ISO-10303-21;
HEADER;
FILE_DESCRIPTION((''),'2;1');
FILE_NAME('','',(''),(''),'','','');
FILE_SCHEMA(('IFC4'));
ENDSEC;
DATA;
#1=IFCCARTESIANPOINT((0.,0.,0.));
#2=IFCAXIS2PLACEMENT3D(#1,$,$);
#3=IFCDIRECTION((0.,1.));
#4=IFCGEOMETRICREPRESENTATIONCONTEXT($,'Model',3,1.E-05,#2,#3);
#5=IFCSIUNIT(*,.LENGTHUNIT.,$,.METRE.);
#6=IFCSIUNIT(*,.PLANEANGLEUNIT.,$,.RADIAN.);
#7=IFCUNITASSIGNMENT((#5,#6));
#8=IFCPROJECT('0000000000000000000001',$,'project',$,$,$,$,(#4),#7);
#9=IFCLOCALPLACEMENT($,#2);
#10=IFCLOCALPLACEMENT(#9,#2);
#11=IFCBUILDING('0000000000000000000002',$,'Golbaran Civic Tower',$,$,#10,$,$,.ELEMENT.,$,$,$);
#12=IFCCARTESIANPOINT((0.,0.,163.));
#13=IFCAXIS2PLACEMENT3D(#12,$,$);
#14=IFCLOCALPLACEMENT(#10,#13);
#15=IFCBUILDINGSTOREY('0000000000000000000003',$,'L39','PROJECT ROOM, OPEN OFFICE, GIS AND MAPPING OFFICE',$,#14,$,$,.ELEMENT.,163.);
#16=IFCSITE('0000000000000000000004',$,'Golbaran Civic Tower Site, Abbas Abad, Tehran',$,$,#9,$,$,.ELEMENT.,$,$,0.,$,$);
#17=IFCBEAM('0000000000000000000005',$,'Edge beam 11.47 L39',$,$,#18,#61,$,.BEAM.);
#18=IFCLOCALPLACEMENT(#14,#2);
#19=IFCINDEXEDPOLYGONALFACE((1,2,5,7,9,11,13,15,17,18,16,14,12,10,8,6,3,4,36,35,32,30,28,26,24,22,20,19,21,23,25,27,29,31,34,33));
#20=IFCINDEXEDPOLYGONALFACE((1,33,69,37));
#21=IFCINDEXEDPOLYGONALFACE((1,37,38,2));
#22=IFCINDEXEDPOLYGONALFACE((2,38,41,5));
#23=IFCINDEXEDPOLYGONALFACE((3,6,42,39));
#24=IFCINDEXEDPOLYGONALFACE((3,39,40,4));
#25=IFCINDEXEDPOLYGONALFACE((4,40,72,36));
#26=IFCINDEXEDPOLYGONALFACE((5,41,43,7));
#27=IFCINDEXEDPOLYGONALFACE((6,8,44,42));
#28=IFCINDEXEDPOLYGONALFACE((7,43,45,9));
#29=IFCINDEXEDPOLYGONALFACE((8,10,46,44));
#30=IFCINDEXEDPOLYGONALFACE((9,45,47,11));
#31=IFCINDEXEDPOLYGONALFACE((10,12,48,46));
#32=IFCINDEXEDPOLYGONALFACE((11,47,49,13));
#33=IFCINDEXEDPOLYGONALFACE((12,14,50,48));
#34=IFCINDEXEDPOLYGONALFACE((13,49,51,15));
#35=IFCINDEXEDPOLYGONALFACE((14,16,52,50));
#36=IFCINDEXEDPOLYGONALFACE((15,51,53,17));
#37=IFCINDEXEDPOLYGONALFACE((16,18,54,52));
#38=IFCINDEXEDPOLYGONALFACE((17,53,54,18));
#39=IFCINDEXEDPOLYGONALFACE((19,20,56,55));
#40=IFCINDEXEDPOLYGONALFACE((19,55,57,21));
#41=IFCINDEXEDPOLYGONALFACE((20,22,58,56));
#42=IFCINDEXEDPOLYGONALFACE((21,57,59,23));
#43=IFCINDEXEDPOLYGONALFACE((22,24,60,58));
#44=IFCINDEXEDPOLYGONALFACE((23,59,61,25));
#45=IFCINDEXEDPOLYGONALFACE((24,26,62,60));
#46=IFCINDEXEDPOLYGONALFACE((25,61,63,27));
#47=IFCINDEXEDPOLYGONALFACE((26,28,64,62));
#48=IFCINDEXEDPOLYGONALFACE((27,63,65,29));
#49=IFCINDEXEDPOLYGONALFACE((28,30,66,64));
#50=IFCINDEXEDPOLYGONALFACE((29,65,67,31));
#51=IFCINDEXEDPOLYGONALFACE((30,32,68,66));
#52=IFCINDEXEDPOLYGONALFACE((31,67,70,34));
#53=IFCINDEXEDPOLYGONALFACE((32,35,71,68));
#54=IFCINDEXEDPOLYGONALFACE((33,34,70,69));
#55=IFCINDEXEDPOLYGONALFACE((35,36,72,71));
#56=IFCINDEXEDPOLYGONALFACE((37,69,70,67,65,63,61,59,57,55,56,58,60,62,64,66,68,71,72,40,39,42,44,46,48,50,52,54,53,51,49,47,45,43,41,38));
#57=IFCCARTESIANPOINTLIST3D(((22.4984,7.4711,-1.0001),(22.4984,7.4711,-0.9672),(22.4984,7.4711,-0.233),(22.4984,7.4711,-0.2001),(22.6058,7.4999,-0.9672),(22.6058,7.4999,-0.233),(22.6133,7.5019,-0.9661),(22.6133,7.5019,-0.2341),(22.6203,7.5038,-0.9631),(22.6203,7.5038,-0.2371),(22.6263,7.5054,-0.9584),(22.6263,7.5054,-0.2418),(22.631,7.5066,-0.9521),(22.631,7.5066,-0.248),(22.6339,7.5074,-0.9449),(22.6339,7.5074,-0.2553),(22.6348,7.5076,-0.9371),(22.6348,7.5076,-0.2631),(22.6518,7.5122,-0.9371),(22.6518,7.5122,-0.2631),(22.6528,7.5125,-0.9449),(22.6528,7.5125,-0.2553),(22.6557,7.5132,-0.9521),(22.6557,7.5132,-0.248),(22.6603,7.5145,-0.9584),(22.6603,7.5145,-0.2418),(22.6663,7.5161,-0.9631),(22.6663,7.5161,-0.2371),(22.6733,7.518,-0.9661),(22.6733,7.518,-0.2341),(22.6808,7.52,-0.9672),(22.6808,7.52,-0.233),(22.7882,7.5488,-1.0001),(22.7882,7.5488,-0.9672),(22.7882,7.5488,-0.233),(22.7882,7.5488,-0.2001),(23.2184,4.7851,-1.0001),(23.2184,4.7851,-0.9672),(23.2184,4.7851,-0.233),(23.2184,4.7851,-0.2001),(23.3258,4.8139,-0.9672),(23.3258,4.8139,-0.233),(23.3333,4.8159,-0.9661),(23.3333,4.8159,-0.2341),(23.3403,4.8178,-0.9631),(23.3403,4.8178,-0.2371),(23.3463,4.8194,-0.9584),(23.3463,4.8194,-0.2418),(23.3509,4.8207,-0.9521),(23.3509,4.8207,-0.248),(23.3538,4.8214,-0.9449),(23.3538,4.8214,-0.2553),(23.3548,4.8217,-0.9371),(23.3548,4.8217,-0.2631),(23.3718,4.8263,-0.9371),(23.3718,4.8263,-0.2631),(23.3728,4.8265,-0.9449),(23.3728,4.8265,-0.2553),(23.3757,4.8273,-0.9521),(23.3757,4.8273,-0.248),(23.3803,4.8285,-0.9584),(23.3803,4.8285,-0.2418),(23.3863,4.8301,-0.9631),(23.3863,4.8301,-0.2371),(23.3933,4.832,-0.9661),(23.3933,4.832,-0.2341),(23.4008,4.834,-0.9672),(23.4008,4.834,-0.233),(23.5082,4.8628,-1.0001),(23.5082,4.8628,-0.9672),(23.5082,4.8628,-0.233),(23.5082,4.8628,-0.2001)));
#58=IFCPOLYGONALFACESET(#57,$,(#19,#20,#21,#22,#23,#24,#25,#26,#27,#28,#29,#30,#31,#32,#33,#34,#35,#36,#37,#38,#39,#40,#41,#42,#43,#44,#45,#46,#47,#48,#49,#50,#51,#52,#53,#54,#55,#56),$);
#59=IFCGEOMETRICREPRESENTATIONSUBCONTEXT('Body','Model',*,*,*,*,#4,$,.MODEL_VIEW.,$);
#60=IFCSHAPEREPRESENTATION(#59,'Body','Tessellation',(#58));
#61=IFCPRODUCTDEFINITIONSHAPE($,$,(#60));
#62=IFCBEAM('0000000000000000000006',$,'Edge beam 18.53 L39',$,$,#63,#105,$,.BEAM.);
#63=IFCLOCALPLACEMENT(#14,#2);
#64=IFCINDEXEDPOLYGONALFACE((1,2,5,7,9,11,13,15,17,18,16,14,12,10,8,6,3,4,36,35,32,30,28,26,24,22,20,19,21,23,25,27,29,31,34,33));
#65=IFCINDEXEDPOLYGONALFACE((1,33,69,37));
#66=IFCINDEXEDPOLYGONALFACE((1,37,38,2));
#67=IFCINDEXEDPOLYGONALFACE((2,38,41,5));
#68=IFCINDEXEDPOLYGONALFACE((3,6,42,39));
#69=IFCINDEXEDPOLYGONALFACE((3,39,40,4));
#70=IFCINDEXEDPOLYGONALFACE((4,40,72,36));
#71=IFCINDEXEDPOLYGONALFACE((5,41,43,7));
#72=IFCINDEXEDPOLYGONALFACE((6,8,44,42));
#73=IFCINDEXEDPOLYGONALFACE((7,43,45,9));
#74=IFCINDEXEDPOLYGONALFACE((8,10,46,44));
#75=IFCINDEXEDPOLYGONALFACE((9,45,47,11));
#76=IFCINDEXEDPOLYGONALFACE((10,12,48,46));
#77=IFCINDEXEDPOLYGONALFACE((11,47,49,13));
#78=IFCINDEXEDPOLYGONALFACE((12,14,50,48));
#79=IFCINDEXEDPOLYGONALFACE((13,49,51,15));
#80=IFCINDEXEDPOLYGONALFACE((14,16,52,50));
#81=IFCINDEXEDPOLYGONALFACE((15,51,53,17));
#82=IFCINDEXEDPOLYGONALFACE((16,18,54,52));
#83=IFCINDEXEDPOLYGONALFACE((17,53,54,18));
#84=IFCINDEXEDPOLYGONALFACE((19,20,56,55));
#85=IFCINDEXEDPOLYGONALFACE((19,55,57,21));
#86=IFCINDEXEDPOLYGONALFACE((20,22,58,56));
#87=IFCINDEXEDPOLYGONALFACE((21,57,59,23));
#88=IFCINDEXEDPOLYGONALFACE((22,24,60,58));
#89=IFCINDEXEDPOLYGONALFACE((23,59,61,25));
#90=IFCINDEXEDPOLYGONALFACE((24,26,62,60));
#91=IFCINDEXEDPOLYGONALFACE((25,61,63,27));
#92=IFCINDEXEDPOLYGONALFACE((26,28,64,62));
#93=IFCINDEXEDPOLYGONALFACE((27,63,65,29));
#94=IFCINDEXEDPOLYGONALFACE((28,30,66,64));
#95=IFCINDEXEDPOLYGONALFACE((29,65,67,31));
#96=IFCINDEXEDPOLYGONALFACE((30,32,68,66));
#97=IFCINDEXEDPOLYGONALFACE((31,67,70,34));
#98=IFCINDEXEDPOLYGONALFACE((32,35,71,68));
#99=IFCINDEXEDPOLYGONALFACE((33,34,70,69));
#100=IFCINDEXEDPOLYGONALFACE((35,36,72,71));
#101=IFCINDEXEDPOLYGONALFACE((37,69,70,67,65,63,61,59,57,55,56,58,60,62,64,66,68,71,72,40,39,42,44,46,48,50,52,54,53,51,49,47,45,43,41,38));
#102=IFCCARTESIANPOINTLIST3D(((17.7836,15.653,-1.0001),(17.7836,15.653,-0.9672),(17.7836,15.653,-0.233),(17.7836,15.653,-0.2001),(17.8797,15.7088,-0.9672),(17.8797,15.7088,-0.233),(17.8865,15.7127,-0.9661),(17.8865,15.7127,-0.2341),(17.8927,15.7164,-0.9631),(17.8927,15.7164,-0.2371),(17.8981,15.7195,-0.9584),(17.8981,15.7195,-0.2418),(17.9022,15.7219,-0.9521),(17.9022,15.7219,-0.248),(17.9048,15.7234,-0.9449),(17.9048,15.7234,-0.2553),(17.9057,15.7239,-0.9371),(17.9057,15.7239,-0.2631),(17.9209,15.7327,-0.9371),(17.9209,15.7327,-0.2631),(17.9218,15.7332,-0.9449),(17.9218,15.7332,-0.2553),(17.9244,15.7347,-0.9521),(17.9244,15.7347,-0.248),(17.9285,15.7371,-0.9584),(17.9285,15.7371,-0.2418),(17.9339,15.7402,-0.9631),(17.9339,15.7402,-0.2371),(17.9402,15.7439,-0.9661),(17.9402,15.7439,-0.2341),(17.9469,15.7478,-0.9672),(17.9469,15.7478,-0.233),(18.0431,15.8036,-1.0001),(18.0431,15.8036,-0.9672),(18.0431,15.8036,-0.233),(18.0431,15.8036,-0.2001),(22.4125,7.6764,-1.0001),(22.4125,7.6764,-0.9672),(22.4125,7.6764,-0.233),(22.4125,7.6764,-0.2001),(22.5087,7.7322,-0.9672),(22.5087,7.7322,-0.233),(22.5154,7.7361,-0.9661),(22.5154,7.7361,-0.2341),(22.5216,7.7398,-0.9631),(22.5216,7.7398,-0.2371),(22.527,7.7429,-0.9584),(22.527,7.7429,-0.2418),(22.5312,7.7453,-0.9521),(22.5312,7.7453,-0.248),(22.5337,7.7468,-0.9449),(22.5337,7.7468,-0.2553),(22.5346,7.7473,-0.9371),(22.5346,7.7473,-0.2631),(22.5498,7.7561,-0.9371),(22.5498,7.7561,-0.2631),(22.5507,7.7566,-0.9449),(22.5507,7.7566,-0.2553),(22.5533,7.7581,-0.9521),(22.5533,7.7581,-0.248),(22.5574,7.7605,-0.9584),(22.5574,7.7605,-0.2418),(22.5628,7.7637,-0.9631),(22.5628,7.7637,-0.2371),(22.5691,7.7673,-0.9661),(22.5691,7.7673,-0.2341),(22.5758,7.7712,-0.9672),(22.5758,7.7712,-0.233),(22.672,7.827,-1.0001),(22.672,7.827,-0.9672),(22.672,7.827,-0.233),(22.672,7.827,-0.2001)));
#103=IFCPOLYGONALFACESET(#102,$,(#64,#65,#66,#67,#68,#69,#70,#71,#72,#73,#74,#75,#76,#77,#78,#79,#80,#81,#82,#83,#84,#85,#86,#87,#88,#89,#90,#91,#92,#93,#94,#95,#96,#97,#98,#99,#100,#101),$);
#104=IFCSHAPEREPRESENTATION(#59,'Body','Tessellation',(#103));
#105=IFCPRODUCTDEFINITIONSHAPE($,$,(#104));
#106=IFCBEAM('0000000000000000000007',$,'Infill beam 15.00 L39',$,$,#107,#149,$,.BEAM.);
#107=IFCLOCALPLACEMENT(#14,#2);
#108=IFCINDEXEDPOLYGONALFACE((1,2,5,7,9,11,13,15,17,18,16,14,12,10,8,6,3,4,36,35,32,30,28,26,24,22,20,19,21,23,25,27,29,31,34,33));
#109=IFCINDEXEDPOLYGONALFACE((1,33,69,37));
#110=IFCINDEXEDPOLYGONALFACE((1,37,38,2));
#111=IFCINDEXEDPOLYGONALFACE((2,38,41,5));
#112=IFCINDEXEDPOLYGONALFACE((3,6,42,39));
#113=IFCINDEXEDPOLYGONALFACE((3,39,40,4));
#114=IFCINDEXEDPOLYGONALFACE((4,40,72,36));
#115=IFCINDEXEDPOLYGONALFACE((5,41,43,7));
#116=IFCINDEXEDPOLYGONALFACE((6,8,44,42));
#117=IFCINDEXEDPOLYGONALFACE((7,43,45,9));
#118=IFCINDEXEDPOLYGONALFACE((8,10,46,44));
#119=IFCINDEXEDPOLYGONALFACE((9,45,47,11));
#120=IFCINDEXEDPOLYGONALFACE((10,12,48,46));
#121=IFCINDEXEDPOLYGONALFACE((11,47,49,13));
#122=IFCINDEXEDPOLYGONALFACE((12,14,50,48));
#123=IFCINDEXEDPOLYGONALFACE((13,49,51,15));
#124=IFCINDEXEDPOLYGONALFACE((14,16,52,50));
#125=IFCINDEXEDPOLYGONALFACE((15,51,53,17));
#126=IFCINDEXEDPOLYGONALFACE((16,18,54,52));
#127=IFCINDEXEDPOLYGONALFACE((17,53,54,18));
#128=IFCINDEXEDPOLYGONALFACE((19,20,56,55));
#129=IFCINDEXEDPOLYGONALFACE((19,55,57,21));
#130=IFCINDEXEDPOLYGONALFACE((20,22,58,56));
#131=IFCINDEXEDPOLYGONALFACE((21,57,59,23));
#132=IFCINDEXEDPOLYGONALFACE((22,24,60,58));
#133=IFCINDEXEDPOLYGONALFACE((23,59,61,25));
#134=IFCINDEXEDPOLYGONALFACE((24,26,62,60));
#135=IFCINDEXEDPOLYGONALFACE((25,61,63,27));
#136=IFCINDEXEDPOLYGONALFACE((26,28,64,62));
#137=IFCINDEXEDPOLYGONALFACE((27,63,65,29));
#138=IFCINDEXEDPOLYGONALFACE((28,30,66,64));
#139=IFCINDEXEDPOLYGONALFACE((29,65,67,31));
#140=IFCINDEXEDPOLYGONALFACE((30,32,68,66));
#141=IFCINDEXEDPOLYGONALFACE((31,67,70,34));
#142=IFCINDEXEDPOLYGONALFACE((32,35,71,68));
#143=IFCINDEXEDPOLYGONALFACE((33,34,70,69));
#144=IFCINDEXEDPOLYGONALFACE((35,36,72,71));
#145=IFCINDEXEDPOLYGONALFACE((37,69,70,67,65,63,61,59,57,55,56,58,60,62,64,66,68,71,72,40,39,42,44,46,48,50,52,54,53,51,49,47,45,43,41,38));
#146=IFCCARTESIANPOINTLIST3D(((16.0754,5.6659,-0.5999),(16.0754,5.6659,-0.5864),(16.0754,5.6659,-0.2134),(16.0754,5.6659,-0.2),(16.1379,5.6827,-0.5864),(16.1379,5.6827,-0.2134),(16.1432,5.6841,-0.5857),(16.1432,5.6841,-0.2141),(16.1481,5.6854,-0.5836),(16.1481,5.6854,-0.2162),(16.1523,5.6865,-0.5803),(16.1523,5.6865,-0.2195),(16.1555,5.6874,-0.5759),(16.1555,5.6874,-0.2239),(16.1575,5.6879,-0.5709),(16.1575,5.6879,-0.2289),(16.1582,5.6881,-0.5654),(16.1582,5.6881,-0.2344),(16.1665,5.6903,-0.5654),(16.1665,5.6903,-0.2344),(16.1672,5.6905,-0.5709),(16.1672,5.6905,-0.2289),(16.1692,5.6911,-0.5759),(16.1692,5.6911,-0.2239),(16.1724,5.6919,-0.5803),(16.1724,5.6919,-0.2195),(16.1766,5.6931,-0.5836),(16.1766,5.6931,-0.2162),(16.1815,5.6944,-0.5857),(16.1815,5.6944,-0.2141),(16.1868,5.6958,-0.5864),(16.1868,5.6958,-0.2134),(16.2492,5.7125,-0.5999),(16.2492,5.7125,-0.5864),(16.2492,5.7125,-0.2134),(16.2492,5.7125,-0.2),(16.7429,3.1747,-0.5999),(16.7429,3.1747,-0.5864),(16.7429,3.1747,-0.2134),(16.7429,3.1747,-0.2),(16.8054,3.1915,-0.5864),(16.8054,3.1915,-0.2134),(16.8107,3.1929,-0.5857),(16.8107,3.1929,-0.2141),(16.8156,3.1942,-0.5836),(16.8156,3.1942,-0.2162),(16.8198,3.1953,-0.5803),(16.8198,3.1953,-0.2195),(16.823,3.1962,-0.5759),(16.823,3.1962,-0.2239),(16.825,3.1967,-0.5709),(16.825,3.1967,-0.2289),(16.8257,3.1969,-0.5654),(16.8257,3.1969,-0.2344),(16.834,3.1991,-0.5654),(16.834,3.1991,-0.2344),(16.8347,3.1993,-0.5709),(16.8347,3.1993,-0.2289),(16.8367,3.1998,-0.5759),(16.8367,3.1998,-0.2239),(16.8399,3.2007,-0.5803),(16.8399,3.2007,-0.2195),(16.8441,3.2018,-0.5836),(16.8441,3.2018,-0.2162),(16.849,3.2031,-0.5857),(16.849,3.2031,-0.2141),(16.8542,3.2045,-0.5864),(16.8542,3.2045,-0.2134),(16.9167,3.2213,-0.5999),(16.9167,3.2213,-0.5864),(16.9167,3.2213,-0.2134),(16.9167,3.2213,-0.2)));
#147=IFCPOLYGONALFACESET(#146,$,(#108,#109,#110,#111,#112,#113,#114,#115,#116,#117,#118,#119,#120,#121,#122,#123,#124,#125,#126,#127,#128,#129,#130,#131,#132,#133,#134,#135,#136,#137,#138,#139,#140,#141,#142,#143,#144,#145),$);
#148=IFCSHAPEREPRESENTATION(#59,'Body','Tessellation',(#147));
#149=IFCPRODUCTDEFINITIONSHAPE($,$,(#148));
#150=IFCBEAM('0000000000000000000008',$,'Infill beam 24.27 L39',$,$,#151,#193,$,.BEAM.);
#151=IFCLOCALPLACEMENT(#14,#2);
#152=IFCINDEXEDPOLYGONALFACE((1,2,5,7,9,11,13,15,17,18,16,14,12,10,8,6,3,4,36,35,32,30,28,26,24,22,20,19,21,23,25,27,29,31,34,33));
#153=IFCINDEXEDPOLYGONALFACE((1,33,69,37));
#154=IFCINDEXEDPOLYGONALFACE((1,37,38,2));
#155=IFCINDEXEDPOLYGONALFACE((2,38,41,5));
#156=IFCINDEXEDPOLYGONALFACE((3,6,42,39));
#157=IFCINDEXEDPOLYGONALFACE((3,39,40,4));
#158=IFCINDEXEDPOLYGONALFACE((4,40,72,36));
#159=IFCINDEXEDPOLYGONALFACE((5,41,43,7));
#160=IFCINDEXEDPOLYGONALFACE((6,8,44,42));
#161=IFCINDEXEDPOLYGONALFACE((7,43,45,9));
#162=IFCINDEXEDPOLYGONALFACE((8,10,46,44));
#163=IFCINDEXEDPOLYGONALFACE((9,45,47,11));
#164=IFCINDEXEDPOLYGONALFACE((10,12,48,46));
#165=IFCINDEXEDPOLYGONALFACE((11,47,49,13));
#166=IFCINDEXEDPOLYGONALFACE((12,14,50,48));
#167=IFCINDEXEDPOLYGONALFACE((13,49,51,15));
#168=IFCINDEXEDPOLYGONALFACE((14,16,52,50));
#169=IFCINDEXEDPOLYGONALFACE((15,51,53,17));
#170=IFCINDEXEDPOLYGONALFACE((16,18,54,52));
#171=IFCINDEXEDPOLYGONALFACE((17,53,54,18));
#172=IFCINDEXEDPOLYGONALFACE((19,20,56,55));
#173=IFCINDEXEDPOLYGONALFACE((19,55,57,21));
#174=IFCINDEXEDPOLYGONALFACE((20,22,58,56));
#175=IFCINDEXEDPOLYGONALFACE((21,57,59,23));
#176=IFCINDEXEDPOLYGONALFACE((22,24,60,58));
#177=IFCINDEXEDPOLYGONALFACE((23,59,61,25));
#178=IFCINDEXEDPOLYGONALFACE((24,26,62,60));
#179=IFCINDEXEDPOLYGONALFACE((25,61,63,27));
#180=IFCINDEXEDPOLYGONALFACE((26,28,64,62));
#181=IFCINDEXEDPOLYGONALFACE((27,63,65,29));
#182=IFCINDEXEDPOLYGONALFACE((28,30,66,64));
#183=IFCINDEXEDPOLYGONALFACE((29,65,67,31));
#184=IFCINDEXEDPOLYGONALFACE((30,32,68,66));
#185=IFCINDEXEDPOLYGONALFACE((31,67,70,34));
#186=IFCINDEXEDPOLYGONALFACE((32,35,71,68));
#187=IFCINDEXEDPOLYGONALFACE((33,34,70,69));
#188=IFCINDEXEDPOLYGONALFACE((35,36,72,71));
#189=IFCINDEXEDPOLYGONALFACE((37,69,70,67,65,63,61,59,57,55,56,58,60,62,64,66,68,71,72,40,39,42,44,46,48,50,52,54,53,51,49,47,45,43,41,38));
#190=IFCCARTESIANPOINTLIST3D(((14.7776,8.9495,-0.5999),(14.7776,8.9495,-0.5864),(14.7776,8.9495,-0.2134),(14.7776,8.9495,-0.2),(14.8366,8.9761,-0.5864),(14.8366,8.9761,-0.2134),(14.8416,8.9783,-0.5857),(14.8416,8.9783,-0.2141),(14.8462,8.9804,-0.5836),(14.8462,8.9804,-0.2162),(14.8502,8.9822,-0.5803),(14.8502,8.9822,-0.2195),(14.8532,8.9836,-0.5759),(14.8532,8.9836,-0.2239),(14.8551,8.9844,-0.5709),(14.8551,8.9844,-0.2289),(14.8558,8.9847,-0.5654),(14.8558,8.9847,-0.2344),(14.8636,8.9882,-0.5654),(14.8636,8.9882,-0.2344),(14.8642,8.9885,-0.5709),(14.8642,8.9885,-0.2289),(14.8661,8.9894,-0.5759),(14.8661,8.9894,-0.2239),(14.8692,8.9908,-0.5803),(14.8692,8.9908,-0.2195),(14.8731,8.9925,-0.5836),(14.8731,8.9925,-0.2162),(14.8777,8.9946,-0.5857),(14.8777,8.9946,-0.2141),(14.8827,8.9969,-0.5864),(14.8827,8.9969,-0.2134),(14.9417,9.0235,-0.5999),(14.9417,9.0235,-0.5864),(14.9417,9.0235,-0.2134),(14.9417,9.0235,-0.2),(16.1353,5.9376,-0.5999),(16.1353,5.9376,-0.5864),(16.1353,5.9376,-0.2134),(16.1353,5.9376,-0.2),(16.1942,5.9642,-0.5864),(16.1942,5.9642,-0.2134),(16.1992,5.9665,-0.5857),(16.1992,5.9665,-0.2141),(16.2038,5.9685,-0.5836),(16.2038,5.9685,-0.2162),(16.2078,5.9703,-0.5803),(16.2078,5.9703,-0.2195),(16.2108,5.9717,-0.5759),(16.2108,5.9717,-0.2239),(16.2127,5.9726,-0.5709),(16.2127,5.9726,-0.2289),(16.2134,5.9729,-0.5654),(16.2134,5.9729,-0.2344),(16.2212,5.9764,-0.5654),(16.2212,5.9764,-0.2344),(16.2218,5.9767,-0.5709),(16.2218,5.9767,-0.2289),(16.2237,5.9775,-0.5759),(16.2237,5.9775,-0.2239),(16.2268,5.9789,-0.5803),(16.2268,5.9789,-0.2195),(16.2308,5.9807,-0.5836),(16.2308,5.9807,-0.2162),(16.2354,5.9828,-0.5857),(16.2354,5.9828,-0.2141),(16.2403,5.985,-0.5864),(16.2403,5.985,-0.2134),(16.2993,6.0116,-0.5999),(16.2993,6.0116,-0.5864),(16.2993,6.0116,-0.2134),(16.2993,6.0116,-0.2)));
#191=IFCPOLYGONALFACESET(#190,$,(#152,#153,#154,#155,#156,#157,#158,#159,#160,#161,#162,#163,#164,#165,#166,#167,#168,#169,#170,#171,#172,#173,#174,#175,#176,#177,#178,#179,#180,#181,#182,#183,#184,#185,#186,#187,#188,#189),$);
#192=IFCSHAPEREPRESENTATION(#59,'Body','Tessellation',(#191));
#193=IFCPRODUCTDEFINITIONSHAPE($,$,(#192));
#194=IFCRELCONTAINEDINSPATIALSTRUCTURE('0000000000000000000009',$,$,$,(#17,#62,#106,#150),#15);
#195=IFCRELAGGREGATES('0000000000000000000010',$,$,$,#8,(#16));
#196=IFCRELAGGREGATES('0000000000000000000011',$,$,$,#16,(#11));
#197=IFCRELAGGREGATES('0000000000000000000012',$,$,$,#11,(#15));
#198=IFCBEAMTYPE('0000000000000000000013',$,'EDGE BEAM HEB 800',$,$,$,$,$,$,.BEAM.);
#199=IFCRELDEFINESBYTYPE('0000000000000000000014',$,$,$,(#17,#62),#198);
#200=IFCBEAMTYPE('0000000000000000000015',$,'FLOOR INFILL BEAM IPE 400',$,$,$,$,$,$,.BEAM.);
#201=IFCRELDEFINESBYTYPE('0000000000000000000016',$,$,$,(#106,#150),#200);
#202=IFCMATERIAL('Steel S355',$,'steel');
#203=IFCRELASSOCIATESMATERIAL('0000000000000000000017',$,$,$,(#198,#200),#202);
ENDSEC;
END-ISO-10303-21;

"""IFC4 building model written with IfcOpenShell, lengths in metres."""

from ifc_helpers import new_model, si_unit, direction, frame, origin, origin_2d, place, context, subcontext, project, spatial, i_section, extrude, material, material_profile, profile_set, type_object, element, save


model = new_model("IFC4")

# Units and contexts
model_context = context("Model", 3, precision=1e-05, world=origin(), true_north=direction((0.0, 1.0)))
body_context = subcontext(model_context, "Body", "Model", "MODEL_VIEW")
ifc_project = project(units=[si_unit("LENGTHUNIT", "METRE"), si_unit("PLANEANGLEUNIT", "RADIAN")], contexts=[model_context])

# Site, building, storey
site_placement = place(None, origin())
site = spatial("IfcSite", under=ifc_project, at=site_placement, Name="Golbaran Civic Tower Site, Abbas Abad, Tehran", CompositionType="ELEMENT", RefElevation=0.0)
building_placement = place(site_placement, origin())
building = spatial("IfcBuilding", under=site, at=building_placement, Name="Golbaran Civic Tower", CompositionType="ELEMENT")
storey_placement = place(building_placement, frame((0.0, 0.0, 163.0)))
storey = spatial("IfcBuildingStorey", under=building, at=storey_placement, Name="L39", Description="PROJECT ROOM, OPEN OFFICE, GIS AND MAPPING OFFICE", CompositionType="ELEMENT", Elevation=163.0)

# Beams
ifc_material_1 = material(Name="Steel S355", Category="steel")
ifc_material_profile_1 = material_profile(ifc_material_1, i_section(OverallWidth=0.3, OverallDepth=0.8, WebThickness=0.0176, FlangeThickness=0.033, FilletRadius=0.03, at=origin_2d()), Name="HEB 800")
ifc_profile_set_1 = profile_set([ifc_material_profile_1], Name="Steel S355")
beam_type_1 = type_object("IfcBeamType", Name="EDGE BEAM HEB 800", PredefinedType="BEAM", material=ifc_profile_set_1)
beam_1_placement = place(storey_placement, frame((23.3633, 4.824, -0.6001), z_axis=(-0.258903, 0.965903, 0.0), x_axis=(-0.965903, -0.258903, 0.0)))
element("IfcBeam", 1, at=beam_1_placement, inside=storey, type_object=beam_type_1, Name="Edge beam 11.47 L39", PredefinedType="BEAM", context=body_context, shape_type="SweptSolid", body=[
    extrude(i_section(OverallWidth=0.3, OverallDepth=0.8, WebThickness=0.0176, FlangeThickness=0.033, FilletRadius=0.03, at=origin_2d()), origin(), (0.0, 0.0, 1.0), 2.7808),
])
beam_2_placement = place(storey_placement, frame((22.5422, 7.7517, -0.6001), z_axis=(-0.501921, 0.864914, 0.0), x_axis=(-0.864914, -0.501921, 0.0)))
element("IfcBeam", 2, at=beam_2_placement, inside=storey, type_object=beam_type_1, Name="Edge beam 18.53 L39", PredefinedType="BEAM", context=body_context, shape_type="SweptSolid", body=[
    extrude(i_section(OverallWidth=0.3, OverallDepth=0.8, WebThickness=0.0176, FlangeThickness=0.033, FilletRadius=0.03, at=origin_2d()), origin(), (0.0, 0.0, 1.0), 9.2224),
])
ifc_material_profile_2 = material_profile(ifc_material_1, i_section(OverallWidth=0.1799, OverallDepth=0.3999, WebThickness=0.0085, FlangeThickness=0.0134, FilletRadius=0.021, at=origin_2d()), Name="IPE 400")
ifc_profile_set_2 = profile_set([ifc_material_profile_2], Name="Steel S355")
beam_type_2 = type_object("IfcBeamType", Name="FLOOR INFILL BEAM IPE 400", PredefinedType="BEAM", material=ifc_profile_set_2)
beam_3_placement = place(storey_placement, frame((16.8298, 3.198, -0.3999), z_axis=(-0.258805, 0.965929, 0.0), x_axis=(-0.965929, -0.258805, 0.0)))
element("IfcBeam", 3, at=beam_3_placement, inside=storey, type_object=beam_type_2, Name="Infill beam 15.00 L39", PredefinedType="BEAM", context=body_context, shape_type="SweptSolid", body=[
    extrude(i_section(OverallWidth=0.1799, OverallDepth=0.3999, WebThickness=0.0085, FlangeThickness=0.0134, FilletRadius=0.021, at=origin_2d()), origin(), (0.0, 0.0, 1.0), 2.5791),
])
beam_4_placement = place(storey_placement, frame((16.2173, 5.9746, -0.3999), z_axis=(-0.410939, 0.911663, 0.0), x_axis=(-0.911663, -0.410939, 0.0)))
element("IfcBeam", 4, at=beam_4_placement, inside=storey, type_object=beam_type_2, Name="Infill beam 24.27 L39", PredefinedType="BEAM", context=body_context, shape_type="SweptSolid", body=[
    extrude(i_section(OverallWidth=0.1799, OverallDepth=0.3999, WebThickness=0.0085, FlangeThickness=0.0134, FilletRadius=0.021, at=origin_2d()), origin(), (0.0, 0.0, 1.0), 3.3037),
])

save(model, "model.ifc")
